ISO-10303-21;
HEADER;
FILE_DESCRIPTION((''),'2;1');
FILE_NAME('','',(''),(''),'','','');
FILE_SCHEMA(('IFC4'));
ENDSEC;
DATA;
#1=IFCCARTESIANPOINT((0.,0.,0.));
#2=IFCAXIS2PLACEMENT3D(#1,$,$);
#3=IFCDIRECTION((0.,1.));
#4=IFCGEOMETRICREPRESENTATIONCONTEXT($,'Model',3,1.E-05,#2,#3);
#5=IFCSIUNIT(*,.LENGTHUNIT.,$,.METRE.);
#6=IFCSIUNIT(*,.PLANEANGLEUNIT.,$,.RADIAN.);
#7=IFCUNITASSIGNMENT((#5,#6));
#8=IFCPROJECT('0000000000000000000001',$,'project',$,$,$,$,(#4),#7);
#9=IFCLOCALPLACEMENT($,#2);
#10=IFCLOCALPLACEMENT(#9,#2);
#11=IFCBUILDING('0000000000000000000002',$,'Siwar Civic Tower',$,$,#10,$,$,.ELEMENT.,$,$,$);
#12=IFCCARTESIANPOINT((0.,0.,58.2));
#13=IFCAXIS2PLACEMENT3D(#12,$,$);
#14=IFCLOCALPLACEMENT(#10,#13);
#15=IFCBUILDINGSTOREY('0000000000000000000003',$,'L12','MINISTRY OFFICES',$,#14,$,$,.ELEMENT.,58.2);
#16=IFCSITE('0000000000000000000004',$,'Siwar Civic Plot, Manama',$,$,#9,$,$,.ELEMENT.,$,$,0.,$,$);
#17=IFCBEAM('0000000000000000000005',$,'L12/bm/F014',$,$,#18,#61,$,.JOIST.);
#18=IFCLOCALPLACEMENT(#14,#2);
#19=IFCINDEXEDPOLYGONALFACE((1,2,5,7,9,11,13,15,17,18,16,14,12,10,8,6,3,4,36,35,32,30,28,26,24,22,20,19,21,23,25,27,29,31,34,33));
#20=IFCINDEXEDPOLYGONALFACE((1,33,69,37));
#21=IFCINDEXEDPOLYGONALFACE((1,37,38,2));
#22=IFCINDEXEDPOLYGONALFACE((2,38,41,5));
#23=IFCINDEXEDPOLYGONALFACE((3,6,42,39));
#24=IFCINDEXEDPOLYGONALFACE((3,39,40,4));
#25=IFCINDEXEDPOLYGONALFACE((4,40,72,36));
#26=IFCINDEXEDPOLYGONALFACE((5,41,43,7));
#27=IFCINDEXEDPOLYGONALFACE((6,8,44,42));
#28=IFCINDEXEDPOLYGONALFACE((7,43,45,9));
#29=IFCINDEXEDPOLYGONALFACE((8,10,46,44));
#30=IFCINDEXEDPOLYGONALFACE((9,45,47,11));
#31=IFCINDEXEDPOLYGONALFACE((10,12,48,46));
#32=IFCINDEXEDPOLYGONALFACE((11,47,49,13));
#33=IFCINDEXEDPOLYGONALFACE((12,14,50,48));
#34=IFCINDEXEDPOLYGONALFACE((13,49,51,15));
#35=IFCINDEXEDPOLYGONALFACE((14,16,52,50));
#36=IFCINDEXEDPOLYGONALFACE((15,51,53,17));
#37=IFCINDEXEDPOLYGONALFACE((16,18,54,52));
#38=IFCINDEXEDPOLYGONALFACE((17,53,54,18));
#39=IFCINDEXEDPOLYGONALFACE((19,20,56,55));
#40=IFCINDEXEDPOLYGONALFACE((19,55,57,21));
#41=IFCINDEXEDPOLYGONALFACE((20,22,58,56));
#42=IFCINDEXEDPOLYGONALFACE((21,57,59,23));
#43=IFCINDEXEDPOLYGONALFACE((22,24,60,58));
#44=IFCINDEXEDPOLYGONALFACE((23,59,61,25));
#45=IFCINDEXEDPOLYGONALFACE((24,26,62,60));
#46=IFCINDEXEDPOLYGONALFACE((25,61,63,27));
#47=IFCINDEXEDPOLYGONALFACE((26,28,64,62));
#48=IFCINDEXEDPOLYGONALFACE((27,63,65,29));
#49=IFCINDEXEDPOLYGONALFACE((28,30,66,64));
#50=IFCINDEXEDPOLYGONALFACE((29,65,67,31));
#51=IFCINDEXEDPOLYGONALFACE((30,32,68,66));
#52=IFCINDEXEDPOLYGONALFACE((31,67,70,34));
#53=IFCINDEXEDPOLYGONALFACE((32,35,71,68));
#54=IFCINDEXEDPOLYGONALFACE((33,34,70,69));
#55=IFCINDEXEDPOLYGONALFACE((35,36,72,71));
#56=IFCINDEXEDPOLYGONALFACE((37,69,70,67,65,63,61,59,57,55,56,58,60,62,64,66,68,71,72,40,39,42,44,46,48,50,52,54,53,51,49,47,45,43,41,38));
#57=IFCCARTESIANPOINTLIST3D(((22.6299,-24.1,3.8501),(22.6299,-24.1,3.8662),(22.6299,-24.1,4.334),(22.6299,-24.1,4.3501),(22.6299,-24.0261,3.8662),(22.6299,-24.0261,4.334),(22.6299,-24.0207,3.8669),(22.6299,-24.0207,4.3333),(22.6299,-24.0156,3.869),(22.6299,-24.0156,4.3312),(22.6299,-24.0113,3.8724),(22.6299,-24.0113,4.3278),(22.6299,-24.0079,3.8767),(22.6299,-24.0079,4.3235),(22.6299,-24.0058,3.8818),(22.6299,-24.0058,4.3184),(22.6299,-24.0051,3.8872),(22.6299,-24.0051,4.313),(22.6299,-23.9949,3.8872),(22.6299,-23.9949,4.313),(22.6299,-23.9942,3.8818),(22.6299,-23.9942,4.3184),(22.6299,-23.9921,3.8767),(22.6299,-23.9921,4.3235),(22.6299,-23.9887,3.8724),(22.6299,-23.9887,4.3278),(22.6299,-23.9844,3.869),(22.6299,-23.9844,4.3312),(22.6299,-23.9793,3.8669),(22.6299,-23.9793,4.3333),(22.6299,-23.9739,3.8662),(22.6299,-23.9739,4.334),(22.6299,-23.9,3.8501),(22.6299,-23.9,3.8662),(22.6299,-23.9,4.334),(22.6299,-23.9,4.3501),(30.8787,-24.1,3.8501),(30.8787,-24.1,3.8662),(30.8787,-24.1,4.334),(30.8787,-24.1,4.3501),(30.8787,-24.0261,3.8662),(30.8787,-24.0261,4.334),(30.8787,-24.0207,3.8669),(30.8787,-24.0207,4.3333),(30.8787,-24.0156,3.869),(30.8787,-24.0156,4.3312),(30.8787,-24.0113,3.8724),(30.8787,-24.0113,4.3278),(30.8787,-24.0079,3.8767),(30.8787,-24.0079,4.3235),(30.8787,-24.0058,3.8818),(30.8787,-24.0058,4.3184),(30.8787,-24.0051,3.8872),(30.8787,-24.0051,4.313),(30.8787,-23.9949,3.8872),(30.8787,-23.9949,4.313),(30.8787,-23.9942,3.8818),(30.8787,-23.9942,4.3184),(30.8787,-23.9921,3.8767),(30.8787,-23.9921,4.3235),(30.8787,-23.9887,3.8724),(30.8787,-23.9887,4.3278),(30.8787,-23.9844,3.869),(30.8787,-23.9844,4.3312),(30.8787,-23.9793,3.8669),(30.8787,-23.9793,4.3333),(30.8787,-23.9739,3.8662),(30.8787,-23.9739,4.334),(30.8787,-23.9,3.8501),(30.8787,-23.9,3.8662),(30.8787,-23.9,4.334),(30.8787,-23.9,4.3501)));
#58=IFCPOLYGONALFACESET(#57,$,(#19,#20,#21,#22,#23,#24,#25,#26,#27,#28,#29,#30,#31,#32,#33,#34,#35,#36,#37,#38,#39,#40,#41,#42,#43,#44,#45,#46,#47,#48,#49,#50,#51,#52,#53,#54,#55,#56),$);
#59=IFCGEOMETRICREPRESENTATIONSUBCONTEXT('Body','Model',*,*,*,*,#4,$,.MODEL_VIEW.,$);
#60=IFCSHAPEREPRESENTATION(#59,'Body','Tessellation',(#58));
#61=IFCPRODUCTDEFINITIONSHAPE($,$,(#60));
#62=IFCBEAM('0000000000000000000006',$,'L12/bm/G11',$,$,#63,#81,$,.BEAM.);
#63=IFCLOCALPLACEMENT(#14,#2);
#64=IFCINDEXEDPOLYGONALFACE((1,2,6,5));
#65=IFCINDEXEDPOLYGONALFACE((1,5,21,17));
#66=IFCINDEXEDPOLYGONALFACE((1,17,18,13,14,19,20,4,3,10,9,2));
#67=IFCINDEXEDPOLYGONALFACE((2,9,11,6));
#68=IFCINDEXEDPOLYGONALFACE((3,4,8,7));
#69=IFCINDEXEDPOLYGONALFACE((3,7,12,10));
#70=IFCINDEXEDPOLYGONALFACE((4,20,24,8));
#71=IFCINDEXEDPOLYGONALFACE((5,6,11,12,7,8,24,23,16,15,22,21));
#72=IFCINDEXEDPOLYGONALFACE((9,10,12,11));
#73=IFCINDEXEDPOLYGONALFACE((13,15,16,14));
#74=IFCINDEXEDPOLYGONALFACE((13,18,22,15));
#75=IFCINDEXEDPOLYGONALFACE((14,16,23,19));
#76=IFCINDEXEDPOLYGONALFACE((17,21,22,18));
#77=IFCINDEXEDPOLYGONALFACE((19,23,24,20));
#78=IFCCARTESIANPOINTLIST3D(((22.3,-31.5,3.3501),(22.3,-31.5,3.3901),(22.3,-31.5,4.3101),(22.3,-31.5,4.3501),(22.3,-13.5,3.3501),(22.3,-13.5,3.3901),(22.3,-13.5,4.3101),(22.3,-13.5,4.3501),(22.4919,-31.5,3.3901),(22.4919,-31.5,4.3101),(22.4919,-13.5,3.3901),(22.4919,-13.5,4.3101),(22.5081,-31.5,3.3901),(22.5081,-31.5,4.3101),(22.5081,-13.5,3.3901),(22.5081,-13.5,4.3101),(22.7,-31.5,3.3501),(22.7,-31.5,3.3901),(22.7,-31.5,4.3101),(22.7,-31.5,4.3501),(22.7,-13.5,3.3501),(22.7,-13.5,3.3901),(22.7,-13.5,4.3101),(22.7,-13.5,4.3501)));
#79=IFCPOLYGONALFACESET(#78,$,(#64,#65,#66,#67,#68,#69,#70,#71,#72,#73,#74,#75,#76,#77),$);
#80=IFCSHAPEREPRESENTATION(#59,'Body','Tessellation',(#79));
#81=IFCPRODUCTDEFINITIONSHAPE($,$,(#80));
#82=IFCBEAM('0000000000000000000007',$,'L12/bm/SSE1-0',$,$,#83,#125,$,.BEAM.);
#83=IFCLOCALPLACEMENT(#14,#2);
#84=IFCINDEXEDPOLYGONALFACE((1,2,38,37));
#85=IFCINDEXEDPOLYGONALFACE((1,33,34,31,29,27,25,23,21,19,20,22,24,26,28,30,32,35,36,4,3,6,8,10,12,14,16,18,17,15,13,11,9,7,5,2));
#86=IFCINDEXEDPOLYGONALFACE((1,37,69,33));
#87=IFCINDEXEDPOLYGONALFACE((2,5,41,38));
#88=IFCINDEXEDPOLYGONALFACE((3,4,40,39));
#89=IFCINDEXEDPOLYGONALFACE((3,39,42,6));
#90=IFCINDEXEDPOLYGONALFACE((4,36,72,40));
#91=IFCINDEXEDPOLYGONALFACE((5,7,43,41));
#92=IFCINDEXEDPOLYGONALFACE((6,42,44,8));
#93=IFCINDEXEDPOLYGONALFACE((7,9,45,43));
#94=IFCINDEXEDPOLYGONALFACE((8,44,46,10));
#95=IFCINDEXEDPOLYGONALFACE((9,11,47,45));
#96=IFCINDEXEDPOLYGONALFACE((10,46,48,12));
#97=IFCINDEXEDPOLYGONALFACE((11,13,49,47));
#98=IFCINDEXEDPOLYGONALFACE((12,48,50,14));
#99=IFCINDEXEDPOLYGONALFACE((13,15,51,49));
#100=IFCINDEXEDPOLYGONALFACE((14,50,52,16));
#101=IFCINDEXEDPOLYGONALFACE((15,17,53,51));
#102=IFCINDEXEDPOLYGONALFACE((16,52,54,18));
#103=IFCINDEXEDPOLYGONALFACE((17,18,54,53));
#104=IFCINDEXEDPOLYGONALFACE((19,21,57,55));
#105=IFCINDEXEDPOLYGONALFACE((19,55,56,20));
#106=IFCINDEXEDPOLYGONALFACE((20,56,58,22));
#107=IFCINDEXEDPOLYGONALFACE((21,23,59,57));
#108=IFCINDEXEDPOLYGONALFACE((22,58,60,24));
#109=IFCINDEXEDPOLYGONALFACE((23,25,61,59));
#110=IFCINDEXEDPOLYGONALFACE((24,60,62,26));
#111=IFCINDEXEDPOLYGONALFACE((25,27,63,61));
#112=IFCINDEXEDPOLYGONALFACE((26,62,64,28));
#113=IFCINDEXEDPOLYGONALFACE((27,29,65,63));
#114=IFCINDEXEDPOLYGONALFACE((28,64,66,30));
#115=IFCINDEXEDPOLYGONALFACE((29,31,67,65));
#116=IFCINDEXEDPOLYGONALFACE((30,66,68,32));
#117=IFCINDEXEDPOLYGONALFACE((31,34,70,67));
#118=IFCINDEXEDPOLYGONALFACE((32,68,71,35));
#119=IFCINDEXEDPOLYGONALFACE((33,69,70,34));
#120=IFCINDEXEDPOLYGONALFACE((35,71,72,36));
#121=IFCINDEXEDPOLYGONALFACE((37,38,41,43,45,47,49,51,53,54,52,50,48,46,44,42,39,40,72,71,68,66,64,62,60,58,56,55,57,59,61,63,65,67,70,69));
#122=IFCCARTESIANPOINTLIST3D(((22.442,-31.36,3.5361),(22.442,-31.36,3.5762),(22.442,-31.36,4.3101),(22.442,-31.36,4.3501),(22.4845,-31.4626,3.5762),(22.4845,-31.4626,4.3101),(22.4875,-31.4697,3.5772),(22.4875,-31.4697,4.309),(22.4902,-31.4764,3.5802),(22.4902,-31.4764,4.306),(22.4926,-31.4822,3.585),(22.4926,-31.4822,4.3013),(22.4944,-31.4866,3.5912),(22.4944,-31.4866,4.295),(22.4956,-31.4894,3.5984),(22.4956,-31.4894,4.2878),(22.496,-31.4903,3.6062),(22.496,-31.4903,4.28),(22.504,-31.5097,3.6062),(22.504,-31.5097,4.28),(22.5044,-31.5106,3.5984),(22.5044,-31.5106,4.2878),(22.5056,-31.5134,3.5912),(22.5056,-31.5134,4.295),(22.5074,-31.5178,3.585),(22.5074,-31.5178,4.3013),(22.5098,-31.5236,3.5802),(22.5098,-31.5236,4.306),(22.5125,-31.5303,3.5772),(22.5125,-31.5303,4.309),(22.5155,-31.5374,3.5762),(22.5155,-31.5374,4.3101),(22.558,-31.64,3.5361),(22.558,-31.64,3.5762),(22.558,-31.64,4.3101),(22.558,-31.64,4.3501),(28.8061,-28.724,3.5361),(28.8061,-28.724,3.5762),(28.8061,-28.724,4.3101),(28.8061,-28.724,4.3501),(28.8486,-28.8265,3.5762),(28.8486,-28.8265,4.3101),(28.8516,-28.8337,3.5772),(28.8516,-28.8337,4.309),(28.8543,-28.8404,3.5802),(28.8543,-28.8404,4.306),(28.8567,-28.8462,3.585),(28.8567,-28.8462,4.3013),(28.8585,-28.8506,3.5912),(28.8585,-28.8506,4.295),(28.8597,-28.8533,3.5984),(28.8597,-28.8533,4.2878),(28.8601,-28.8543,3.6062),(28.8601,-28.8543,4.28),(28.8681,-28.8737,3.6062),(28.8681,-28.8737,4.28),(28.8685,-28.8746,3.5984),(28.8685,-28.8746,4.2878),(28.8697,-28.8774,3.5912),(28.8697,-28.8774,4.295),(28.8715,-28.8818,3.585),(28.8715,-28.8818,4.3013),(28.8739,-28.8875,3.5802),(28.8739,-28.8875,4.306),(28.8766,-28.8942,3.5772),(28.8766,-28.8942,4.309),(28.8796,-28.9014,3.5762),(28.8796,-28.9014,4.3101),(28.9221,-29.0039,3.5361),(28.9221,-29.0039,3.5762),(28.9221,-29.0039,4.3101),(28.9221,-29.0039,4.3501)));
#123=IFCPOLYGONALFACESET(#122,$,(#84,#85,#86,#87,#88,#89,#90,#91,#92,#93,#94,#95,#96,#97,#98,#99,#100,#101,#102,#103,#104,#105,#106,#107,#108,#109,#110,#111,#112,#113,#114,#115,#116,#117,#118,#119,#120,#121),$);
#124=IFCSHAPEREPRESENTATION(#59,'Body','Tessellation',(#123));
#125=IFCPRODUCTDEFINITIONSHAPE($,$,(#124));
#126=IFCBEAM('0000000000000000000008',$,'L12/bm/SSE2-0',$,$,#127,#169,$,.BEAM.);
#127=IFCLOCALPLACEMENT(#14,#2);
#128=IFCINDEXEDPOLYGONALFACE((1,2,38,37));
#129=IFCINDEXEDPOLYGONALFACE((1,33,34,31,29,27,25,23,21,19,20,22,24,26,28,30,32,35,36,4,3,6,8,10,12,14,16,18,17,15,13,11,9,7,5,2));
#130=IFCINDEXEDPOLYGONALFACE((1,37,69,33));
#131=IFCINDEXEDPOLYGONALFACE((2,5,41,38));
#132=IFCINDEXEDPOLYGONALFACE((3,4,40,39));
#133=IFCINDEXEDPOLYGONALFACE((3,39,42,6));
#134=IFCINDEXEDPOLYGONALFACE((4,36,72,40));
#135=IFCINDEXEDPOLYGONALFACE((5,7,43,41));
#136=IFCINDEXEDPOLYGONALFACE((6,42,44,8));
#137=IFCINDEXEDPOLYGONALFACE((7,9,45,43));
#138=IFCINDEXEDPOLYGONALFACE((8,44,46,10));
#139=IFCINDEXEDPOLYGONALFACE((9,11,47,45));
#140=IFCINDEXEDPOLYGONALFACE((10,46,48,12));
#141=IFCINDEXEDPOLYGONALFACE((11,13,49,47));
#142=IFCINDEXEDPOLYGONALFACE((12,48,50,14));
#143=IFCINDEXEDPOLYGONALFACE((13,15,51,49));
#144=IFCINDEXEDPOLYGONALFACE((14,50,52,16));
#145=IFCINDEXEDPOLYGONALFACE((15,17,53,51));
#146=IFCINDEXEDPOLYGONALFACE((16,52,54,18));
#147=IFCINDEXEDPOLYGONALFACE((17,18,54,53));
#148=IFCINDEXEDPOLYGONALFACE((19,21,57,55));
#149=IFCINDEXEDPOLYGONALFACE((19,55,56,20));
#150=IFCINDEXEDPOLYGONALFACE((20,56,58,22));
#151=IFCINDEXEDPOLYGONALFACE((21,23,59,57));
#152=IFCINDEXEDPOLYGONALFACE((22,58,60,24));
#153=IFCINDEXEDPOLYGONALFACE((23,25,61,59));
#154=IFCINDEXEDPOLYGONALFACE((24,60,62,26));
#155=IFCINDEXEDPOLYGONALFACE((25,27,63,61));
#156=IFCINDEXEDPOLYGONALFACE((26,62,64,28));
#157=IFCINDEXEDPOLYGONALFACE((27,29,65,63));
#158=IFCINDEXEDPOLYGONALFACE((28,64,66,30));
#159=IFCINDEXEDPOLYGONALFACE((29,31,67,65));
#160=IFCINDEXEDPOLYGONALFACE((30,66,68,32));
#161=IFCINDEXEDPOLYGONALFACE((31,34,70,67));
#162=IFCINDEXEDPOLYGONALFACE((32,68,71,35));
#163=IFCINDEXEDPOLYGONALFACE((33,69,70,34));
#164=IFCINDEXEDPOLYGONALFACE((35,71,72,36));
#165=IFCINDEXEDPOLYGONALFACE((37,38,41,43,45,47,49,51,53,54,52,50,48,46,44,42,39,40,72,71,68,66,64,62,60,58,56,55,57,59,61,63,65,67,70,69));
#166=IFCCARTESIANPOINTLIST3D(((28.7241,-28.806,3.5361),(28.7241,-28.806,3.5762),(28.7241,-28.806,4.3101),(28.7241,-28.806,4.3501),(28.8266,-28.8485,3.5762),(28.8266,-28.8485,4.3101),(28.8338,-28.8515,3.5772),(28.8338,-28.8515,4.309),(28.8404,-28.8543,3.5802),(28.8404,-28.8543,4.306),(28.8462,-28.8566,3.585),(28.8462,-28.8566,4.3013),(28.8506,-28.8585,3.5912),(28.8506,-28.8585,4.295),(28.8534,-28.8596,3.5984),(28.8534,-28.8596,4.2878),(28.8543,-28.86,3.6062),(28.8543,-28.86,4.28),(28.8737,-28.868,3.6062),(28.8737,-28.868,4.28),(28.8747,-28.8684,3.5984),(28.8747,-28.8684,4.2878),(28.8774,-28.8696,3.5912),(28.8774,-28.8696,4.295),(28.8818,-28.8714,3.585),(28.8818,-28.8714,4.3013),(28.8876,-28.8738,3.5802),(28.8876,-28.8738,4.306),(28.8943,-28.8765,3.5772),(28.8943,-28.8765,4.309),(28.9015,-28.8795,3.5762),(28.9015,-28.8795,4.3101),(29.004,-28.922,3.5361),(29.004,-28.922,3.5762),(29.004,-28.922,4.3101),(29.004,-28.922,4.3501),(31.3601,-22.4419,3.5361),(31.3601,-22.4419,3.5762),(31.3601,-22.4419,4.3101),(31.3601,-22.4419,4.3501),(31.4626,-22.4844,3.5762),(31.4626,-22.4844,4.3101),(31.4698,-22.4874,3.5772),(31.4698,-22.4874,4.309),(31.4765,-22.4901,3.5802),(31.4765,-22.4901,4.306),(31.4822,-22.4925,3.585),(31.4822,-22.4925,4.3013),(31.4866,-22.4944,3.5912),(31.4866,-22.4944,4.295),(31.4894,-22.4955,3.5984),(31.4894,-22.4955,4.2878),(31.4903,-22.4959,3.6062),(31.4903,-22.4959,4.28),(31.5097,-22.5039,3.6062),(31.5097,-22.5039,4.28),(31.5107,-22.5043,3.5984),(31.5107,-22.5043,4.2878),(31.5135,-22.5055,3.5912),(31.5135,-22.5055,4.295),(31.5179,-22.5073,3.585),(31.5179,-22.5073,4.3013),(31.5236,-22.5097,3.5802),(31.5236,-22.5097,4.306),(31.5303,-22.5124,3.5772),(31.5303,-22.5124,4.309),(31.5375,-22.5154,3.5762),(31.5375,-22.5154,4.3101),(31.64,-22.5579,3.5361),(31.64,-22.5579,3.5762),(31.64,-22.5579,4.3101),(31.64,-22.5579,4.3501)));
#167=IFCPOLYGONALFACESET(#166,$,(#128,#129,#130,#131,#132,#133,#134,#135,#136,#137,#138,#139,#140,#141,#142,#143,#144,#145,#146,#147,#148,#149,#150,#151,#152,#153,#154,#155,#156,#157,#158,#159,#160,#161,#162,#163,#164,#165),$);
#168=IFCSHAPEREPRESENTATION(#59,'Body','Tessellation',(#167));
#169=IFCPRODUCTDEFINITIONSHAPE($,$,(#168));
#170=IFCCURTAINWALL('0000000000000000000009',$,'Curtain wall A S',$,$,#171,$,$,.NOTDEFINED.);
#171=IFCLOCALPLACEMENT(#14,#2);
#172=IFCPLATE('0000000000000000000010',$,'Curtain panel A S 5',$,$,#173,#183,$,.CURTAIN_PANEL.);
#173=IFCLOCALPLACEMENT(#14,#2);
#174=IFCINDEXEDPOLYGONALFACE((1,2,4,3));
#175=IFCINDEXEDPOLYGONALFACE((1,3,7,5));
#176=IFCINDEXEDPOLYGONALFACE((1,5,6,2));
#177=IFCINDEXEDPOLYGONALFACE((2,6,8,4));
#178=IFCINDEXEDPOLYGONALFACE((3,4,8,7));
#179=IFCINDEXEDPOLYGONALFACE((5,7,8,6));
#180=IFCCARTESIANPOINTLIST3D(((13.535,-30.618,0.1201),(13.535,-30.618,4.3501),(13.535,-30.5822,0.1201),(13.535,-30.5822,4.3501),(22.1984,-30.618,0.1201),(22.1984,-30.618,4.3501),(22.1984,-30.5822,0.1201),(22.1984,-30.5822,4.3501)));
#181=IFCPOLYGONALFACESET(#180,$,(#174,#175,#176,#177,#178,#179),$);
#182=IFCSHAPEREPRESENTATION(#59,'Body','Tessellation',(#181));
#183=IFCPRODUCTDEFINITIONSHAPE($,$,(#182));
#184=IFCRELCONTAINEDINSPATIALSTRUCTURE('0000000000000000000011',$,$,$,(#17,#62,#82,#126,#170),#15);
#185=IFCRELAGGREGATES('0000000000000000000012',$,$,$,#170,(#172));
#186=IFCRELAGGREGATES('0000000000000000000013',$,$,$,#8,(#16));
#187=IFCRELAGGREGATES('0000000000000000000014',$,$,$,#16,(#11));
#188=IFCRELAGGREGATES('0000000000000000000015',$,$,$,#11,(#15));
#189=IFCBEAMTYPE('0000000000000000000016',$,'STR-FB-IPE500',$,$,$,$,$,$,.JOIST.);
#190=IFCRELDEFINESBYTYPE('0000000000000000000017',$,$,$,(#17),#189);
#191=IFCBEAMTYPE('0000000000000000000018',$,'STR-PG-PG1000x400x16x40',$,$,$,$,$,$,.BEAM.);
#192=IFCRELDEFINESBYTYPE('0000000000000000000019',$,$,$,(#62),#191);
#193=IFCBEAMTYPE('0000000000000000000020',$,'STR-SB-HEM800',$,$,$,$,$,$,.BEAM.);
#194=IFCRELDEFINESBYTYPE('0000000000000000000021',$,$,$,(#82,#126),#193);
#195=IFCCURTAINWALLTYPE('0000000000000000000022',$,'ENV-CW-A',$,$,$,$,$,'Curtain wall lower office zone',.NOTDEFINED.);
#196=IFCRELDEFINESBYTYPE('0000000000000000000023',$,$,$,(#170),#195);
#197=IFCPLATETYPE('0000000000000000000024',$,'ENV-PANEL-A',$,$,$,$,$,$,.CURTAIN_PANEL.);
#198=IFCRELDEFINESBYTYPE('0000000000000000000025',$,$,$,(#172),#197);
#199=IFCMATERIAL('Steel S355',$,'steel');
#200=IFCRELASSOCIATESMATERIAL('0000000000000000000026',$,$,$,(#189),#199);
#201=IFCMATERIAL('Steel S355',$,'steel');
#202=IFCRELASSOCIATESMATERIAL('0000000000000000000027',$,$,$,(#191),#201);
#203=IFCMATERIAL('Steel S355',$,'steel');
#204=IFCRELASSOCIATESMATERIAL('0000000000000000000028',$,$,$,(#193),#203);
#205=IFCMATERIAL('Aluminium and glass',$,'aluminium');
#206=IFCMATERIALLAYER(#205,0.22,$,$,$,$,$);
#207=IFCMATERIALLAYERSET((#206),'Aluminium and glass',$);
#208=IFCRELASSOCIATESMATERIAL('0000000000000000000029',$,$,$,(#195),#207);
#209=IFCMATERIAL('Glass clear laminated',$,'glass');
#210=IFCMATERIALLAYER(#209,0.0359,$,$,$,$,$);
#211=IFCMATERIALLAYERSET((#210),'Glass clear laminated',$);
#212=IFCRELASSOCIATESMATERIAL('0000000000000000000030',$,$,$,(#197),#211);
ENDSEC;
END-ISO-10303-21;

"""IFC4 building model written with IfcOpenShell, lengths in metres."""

from ifc_helpers import new_model, si_unit, direction, frame, origin, origin_2d, place, context, subcontext, project, spatial, rectangle, i_section, extrude, material, layer, layer_set, material_profile, profile_set, type_object, element, aggregate, save


model = new_model("IFC4")

# Units and contexts
model_context = context("Model", 3, precision=1e-05, world=origin(), true_north=direction((0.0, 1.0)))
body_context = subcontext(model_context, "Body", "Model", "MODEL_VIEW")
ifc_project = project(units=[si_unit("LENGTHUNIT", "METRE"), si_unit("PLANEANGLEUNIT", "RADIAN")], contexts=[model_context])

# Site, building, storey
site_placement = place(None, origin())
site = spatial("IfcSite", under=ifc_project, at=site_placement, Name="Siwar Civic Plot, Manama", CompositionType="ELEMENT", RefElevation=0.0)
building_placement = place(site_placement, origin())
building = spatial("IfcBuilding", under=site, at=building_placement, Name="Siwar Civic Tower", CompositionType="ELEMENT")
storey_placement = place(building_placement, frame((0.0, 0.0, 58.2)))
storey = spatial("IfcBuildingStorey", under=building, at=storey_placement, Name="L12", Description="MINISTRY OFFICES", CompositionType="ELEMENT", Elevation=58.2)

# Beams
ifc_material_1 = material(Name="Steel S355", Category="steel")
ifc_material_profile_1 = material_profile(ifc_material_1, i_section(OverallWidth=0.2, OverallDepth=0.5, WebThickness=0.0103, FlangeThickness=0.0161, FilletRadius=0.021, at=origin_2d()), Name="IPE500")
ifc_profile_set_1 = profile_set([ifc_material_profile_1], Name="Steel S355")
beam_type_1 = type_object("IfcBeamType", Name="STR-FB-IPE500", PredefinedType="JOIST", material=ifc_profile_set_1)
beam_1_placement = place(storey_placement, frame((22.6299, -24.0, 4.1001), z_axis=(1.0, 0.0, 0.0), x_axis=(0.0, 1.0, 0.0)))
element("IfcBeam", 1, at=beam_1_placement, inside=storey, type_object=beam_type_1, Name="L12/bm/F014", PredefinedType="JOIST", context=body_context, shape_type="SweptSolid", body=[
    extrude(i_section(OverallWidth=0.2, OverallDepth=0.5, WebThickness=0.0103, FlangeThickness=0.0161, FilletRadius=0.021, at=origin_2d()), origin(), (0.0, 0.0, 1.0), 8.2488),
])
ifc_material_2 = material(Name="Steel S355", Category="steel")
ifc_material_profile_2 = material_profile(ifc_material_2, i_section(OverallWidth=0.3999, OverallDepth=1.0, WebThickness=0.0161, FlangeThickness=0.04, at=origin_2d()), Name="PG1000x400x16x40")
ifc_profile_set_2 = profile_set([ifc_material_profile_2], Name="Steel S355")
beam_type_2 = type_object("IfcBeamType", Name="STR-PG-PG1000x400x16x40", PredefinedType="BEAM", material=ifc_profile_set_2)
beam_2_placement = place(storey_placement, frame((22.5, -31.5, 3.8501), z_axis=(0.0, 1.0, 0.0), x_axis=(-1.0, 0.0, 0.0)))
element("IfcBeam", 2, at=beam_2_placement, inside=storey, type_object=beam_type_2, Name="L12/bm/G11", PredefinedType="BEAM", context=body_context, shape_type="SweptSolid", body=[
    extrude(i_section(OverallWidth=0.3999, OverallDepth=1.0, WebThickness=0.0161, FlangeThickness=0.04, at=origin_2d()), origin(), (0.0, 0.0, 1.0), 18.0),
])
ifc_material_3 = material(Name="Steel S355", Category="steel")
ifc_material_profile_3 = material_profile(ifc_material_3, i_section(OverallWidth=0.303, OverallDepth=0.814, WebThickness=0.021, FlangeThickness=0.04, FilletRadius=0.03, at=origin_2d()), Name="HEM800")
ifc_profile_set_3 = profile_set([ifc_material_profile_3], Name="Steel S355")
beam_type_3 = type_object("IfcBeamType", Name="STR-SB-HEM800", PredefinedType="BEAM", material=ifc_profile_set_3)
for number, where, z_axis, x_axis, name in (
    (3, (22.5, -31.5, 3.9431), (0.923883, 0.382674, 0.0), (-0.382674, 0.923883, 0.0), "L12/bm/SSE1-0"),
    (4, (28.864, -28.864, 3.9431), (0.382674, 0.923883, 0.0), (-0.923883, 0.382674, 0.0), "L12/bm/SSE2-0"),
):
    element("IfcBeam", number, at=place(storey_placement, frame(where, z_axis=z_axis, x_axis=x_axis)), inside=storey, type_object=beam_type_3, Name=name, PredefinedType="BEAM", context=body_context, shape_type="SweptSolid", body=[
        extrude(i_section(OverallWidth=0.303, OverallDepth=0.814, WebThickness=0.021, FlangeThickness=0.04, FilletRadius=0.03, at=origin_2d()), origin(), (0.0, 0.0, 1.0), 6.8884),
    ])

# Curtain wall, plate
ifc_material_4 = material(Name="Aluminium and glass", Category="aluminium")
ifc_layer_1 = layer(ifc_material_4, 0.22)
ifc_layer_set_1 = layer_set([ifc_layer_1], Name="Aluminium and glass")
curtain_wall_type_1 = type_object("IfcCurtainWallType", Name="ENV-CW-A", ElementType="Curtain wall lower office zone", PredefinedType="NOTDEFINED", material=ifc_layer_set_1)
curtain_wall_1_placement = place(storey_placement, origin())
curtain_wall_1 = element("IfcCurtainWall", 5, at=curtain_wall_1_placement, inside=storey, type_object=curtain_wall_type_1, Name="Curtain wall A S", PredefinedType="NOTDEFINED")
ifc_material_5 = material(Name="Glass clear laminated", Category="glass")
ifc_layer_2 = layer(ifc_material_5, 0.0359)
ifc_layer_set_2 = layer_set([ifc_layer_2], Name="Glass clear laminated")
plate_type_1 = type_object("IfcPlateType", Name="ENV-PANEL-A", PredefinedType="CURTAIN_PANEL", material=ifc_layer_set_2)
plate_1_placement = place(storey_placement, frame((17.8667, -30.6001, 0.1201), z_axis=(0.0, 0.0, 1.0), x_axis=(1.0, 0.0, 0.0)))
plate_1 = element("IfcPlate", 6, at=plate_1_placement, type_object=plate_type_1, Name="Curtain panel A S 5", PredefinedType="CURTAIN_PANEL", context=body_context, shape_type="SweptSolid", body=[
    extrude(rectangle(XDim=8.6633, YDim=0.0359, at=origin_2d()), origin(), (0.0, 0.0, 1.0), 4.23),
])
aggregate(curtain_wall_1, [plate_1])

save(model, "model.ifc")
